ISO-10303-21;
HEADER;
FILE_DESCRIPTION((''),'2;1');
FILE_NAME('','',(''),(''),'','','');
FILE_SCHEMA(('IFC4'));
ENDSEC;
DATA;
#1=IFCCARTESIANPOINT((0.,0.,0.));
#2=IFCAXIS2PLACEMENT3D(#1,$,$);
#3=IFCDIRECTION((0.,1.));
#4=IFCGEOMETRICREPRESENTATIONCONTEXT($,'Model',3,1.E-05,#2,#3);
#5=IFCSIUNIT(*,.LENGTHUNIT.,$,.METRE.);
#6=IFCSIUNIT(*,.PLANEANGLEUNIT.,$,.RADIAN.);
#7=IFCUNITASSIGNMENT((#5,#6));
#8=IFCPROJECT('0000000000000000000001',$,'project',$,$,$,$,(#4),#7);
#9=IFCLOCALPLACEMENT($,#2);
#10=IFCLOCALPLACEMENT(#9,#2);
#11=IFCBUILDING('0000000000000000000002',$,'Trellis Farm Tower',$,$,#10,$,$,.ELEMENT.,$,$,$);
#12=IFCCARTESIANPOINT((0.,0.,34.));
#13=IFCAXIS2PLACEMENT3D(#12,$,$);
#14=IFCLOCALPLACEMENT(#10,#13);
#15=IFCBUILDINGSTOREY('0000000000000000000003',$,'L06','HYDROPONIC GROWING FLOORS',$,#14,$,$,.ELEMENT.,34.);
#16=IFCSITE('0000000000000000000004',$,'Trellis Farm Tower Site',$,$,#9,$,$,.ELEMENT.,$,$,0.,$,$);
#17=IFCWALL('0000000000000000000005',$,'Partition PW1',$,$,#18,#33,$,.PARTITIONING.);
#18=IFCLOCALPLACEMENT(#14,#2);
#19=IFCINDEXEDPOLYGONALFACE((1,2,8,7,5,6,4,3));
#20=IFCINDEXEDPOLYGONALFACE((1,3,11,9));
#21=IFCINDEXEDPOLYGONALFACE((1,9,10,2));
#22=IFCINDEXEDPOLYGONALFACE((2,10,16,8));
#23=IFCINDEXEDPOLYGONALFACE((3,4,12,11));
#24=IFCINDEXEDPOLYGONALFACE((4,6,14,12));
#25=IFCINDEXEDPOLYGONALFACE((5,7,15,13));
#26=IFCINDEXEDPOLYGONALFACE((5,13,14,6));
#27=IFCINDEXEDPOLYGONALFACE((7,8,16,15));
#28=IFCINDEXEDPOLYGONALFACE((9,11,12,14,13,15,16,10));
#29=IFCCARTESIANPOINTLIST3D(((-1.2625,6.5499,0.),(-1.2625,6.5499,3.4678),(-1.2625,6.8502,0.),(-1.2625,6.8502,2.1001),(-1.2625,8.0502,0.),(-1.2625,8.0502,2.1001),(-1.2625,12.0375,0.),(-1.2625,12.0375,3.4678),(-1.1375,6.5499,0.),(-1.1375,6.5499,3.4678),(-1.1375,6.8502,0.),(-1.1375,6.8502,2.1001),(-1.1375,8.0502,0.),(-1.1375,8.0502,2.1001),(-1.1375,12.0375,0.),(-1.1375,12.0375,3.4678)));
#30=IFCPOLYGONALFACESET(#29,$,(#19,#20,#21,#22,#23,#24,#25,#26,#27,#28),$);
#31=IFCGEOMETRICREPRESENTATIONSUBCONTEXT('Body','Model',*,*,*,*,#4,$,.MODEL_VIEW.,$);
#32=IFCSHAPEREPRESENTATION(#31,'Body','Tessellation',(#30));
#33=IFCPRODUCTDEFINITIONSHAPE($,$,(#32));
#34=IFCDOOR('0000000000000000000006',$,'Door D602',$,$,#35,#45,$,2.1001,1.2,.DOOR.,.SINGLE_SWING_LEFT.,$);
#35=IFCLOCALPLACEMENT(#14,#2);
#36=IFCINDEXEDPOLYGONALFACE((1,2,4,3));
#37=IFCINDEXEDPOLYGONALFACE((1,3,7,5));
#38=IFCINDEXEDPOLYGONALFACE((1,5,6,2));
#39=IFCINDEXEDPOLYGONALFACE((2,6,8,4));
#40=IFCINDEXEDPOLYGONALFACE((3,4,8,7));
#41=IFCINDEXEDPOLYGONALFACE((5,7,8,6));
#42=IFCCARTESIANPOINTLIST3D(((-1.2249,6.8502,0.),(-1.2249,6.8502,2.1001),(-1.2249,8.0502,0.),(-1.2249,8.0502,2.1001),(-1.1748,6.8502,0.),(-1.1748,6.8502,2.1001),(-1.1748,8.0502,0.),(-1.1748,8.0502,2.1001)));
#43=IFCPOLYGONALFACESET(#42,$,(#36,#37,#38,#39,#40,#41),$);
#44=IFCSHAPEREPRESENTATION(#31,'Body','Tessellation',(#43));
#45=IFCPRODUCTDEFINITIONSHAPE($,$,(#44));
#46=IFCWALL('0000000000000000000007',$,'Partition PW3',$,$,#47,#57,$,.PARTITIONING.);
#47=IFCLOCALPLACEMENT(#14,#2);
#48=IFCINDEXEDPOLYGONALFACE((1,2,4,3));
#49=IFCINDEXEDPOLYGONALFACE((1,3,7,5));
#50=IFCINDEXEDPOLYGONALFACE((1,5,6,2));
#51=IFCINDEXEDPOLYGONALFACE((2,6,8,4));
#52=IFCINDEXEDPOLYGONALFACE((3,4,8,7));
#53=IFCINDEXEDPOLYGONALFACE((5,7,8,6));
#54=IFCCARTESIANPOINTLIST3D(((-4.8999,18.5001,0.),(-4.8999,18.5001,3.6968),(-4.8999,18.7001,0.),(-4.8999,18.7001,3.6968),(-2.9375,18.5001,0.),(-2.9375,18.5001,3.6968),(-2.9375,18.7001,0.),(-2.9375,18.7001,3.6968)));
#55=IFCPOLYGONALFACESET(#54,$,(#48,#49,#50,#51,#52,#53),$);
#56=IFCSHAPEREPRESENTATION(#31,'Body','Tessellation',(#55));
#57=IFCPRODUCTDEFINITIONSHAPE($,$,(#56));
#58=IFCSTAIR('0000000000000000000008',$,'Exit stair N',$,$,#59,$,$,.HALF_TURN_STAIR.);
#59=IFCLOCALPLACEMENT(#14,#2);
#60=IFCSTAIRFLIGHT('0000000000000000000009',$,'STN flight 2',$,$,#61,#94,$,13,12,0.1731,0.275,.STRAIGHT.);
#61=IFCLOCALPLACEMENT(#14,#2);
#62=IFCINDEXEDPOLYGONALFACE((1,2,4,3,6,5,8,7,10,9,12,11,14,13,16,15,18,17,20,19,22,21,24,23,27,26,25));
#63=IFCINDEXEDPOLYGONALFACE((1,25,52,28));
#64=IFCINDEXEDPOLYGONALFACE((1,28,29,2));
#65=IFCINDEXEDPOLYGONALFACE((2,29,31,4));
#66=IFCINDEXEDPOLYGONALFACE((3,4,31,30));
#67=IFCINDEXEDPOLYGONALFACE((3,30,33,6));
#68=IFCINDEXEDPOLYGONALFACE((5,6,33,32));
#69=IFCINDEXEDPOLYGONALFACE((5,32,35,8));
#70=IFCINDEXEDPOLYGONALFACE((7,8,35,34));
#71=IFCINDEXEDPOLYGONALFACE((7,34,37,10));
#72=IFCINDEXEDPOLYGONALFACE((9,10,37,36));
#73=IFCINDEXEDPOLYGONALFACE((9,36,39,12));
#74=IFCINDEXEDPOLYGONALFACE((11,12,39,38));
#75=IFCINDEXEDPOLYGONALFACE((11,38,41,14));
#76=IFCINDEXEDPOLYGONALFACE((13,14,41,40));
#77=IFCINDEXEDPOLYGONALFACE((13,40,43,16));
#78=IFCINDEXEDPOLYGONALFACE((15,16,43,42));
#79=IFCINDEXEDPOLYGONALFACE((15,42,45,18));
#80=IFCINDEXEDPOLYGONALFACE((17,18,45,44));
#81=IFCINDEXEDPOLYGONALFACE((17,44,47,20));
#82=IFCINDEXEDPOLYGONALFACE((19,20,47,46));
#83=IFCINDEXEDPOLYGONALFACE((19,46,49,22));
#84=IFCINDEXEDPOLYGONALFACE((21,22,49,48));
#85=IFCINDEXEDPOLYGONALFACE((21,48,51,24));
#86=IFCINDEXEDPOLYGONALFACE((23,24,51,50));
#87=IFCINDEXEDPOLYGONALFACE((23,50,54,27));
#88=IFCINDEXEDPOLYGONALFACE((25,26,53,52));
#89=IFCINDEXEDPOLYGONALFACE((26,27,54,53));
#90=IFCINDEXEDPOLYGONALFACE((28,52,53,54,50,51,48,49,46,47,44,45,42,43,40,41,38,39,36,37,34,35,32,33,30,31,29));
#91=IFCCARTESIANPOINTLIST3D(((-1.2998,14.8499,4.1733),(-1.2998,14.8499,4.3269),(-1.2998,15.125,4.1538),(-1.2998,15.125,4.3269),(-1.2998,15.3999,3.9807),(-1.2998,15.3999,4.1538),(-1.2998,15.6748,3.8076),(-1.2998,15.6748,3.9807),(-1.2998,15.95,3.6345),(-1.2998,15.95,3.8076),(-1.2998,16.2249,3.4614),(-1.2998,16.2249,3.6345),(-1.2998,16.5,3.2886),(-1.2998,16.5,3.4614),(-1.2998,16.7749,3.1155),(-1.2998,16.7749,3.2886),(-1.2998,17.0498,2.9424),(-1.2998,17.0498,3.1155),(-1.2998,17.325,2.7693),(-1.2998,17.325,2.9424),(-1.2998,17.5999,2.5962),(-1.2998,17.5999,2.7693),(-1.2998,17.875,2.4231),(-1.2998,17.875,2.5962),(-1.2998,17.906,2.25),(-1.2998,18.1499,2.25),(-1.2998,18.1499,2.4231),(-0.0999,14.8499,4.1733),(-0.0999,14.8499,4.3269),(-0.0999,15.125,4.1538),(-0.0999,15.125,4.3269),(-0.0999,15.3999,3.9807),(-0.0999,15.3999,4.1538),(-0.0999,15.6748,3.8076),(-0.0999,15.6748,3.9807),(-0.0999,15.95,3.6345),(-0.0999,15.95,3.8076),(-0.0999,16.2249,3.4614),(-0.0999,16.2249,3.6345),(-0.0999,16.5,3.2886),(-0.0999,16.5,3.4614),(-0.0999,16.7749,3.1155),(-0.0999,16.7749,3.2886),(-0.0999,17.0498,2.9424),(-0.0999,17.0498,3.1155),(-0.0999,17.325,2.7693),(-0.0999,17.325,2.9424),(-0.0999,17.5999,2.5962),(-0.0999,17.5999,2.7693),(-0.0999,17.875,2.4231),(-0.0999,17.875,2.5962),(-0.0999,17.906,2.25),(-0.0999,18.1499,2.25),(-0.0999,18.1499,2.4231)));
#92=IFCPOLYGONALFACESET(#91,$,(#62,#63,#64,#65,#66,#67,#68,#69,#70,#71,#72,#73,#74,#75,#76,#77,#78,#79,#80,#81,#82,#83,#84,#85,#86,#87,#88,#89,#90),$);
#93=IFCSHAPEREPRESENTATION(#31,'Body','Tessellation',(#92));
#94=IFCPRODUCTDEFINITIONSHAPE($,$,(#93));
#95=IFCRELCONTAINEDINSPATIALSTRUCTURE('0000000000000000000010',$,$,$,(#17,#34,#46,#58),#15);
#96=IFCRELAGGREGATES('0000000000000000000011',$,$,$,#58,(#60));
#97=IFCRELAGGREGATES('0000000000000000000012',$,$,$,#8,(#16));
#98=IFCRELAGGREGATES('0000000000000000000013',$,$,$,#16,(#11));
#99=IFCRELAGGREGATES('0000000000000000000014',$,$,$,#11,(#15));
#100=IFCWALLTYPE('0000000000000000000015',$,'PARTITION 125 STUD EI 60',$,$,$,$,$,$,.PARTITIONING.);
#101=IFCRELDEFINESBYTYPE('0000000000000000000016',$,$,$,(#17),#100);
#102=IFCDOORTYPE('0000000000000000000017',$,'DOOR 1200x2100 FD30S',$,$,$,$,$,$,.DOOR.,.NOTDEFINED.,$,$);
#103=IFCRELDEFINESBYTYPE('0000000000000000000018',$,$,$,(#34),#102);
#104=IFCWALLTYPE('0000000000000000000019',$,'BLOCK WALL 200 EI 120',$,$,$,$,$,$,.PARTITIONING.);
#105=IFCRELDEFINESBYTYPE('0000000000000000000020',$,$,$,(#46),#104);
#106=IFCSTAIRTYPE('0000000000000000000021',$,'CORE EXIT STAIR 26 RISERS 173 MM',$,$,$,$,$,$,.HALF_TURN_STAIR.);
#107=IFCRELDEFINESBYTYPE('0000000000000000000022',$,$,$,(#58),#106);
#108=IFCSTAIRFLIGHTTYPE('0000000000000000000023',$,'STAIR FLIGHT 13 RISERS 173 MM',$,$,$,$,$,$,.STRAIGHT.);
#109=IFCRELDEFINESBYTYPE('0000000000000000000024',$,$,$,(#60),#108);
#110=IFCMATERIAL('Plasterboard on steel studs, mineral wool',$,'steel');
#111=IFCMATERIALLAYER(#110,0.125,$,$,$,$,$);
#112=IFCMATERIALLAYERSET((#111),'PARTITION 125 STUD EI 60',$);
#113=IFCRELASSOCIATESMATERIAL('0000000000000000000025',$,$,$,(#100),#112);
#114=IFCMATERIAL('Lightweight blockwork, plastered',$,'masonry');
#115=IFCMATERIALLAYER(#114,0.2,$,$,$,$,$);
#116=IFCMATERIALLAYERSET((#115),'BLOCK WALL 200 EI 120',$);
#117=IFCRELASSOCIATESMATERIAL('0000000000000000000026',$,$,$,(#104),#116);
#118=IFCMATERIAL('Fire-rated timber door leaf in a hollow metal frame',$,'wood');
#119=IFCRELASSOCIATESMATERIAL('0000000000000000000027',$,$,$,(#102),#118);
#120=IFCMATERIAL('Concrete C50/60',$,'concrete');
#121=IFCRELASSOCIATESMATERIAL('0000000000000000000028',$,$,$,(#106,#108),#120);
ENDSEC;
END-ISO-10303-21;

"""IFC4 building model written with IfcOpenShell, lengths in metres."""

from ifc_helpers import new_model, si_unit, direction, frame, frame_2d, origin, place, context, subcontext, project, spatial, polyline, rectangle, outline, extrude, source, transform, mapped, material, layer, layer_set, type_object, element, fill, aggregate, save


model = new_model("IFC4")

# Units and contexts
model_context = context("Model", 3, precision=1e-05, world=origin(), true_north=direction((0.0, 1.0)))
body_context = subcontext(model_context, "Body", "Model", "MODEL_VIEW")
ifc_project = project(units=[si_unit("LENGTHUNIT", "METRE"), si_unit("PLANEANGLEUNIT", "RADIAN")], contexts=[model_context])

# Site, building, storey
site_placement = place(None, origin())
site = spatial("IfcSite", under=ifc_project, at=site_placement, Name="Trellis Farm Tower Site", CompositionType="ELEMENT", RefElevation=0.0)
building_placement = place(site_placement, origin())
building = spatial("IfcBuilding", under=site, at=building_placement, Name="Trellis Farm Tower", CompositionType="ELEMENT")
storey_placement = place(building_placement, frame((0.0, 0.0, 34.0)))
storey = spatial("IfcBuildingStorey", under=building, at=storey_placement, Name="L06", Description="HYDROPONIC GROWING FLOORS", CompositionType="ELEMENT", Elevation=34.0)

# Shared definitions
placement = place(storey_placement, origin())

# Shared definitions
shared_shape_1 = source(origin(), body_context, "Body", "SweptSolid", [
    extrude(rectangle(XDim=1.2, YDim=2.1001, at=frame_2d((0.6001, 1.05))), frame((0.0, 0.0249, 0.0), z_axis=(0.0, -1.0, 0.0), x_axis=(1.0, 0.0, 0.0)), (0.0, 0.0, 1.0), 0.05),
])

# Shared definitions
ifc_material_1 = material(Name="Plasterboard on steel studs, mineral wool", Category="steel")
ifc_layer_1 = layer(ifc_material_1, 0.125)
ifc_layer_set_1 = layer_set([ifc_layer_1], Name="PARTITION 125 STUD EI 60")
wall_type_1 = type_object("IfcWallType", Name="PARTITION 125 STUD EI 60", PredefinedType="PARTITIONING", material=ifc_layer_set_1)
ifc_material_2 = material(Name="Fire-rated timber door leaf in a hollow metal frame", Category="wood")

# Shared definitions
ifc_material_3 = material(Name="Lightweight blockwork, plastered", Category="masonry")
ifc_layer_2 = layer(ifc_material_3, 0.2)
ifc_layer_set_2 = layer_set([ifc_layer_2], Name="BLOCK WALL 200 EI 120")
wall_type_2 = type_object("IfcWallType", Name="BLOCK WALL 200 EI 120", PredefinedType="PARTITIONING", material=ifc_layer_set_2)

# Wall, opening, door
shared_shape_2 = source(origin(), body_context, "Body", "SweptSolid", [
    extrude(rectangle(XDim=5.4875, YDim=0.125, at=frame_2d((2.7437, 0.0))), origin(), (0.0, 0.0, 1.0), 3.4678),
])
wall_1_placement = place(storey_placement, frame((-1.2, 6.55, 0.0), z_axis=(0.0, 0.0, 1.0), x_axis=(0.0, 1.0, 0.0)))
wall_1 = element("IfcWall", 1, at=wall_1_placement, inside=storey, type_object=wall_type_1, Name="Partition PW1", PredefinedType="PARTITIONING", context=body_context, shape_type="MappedRepresentation", body=[
    mapped(shared_shape_2, transform((0.0, 0.0, 0.0))),
])
shared_shape_3 = source(origin(), body_context, "Body", "SweptSolid", [
    extrude(rectangle(XDim=1.2, YDim=2.1001, at=frame_2d((0.6001, 1.05))), frame((0.0, 0.0725, 0.0), z_axis=(0.0, -1.0, 0.0), x_axis=(1.0, 0.0, 0.0)), (0.0, 0.0, 1.0), 0.145),
])
opening_1_placement = place(wall_1_placement, frame((0.3, 0.0, 0.0)))
opening_1 = element("IfcOpeningElement", 2, at=opening_1_placement, cuts=wall_1, PredefinedType="OPENING", context=body_context, shape_type="MappedRepresentation", body=[
    mapped(shared_shape_3, transform((0.0, 0.0, 0.0))),
])
door_type_1 = type_object("IfcDoorType", Name="DOOR 1200x2100 FD30S", OperationType="NOTDEFINED", PredefinedType="DOOR", material=ifc_material_2)
door_1_placement = place(opening_1_placement, origin())
door_1 = element("IfcDoor", 3, at=door_1_placement, inside=storey, type_object=door_type_1, Name="Door D602", OperationType="SINGLE_SWING_LEFT", OverallHeight=2.1001, OverallWidth=1.2, PredefinedType="DOOR", context=body_context, shape_type="MappedRepresentation", body=[
    mapped(shared_shape_1, transform((0.0, 0.0, 0.0))),
])
fill(opening_1, door_1)

# Wall
shared_shape_4 = source(origin(), body_context, "Body", "SweptSolid", [
    extrude(rectangle(XDim=1.9624, YDim=0.2, at=frame_2d((0.9812, 0.0))), origin(), (0.0, 0.0, 1.0), 3.6968),
])
wall_2_placement = place(storey_placement, frame((-4.8999, 18.6001, 0.0), z_axis=(0.0, 0.0, 1.0), x_axis=(1.0, 0.0, 0.0)))
element("IfcWall", 4, at=wall_2_placement, inside=storey, type_object=wall_type_2, Name="Partition PW3", PredefinedType="PARTITIONING", context=body_context, shape_type="MappedRepresentation", body=[
    mapped(shared_shape_4, transform((0.0, 0.0, 0.0))),
])

# Stair, stair flight
ifc_material_4 = material(Name="Concrete C50/60", Category="concrete")
stair_type = type_object("IfcStairType", Name="CORE EXIT STAIR 26 RISERS 173 MM", PredefinedType="HALF_TURN_STAIR", material=ifc_material_4)
stair = element("IfcStair", 5, at=placement, inside=storey, type_object=stair_type, Name="Exit stair N", PredefinedType="HALF_TURN_STAIR")
stair_flight_type = type_object("IfcStairFlightType", Name="STAIR FLIGHT 13 RISERS 173 MM", PredefinedType="STRAIGHT", material=ifc_material_4)
shared_shape_5 = source(origin(), body_context, "Body", "SweptSolid", [
    extrude(outline(polyline([(0.0, 0.0), (0.0, 0.1731), (0.2749, 0.1731), (0.2749, 0.3462), (0.55, 0.3462), (0.55, 0.5193), (0.825, 0.5193), (0.825, 0.6924), (1.1001, 0.6924), (1.1001, 0.8655), (1.375, 0.8655), (1.375, 1.0386), (1.6499, 1.0386), (1.6499, 1.2114), (1.925, 1.2114), (1.925, 1.3845), (2.2, 1.3845), (2.2, 1.5576), (2.4751, 1.5576), (2.4751, 1.7307), (2.75, 1.7307), (2.75, 1.9038), (3.0249, 1.9038), (3.0249, 2.0769), (3.3, 2.0769), (3.3, 2.25), (3.3, 1.9233), (0.2439, 0.0), (0.0, 0.0)])), frame((0.0, 0.6001, 0.0), z_axis=(0.0, -1.0, 0.0), x_axis=(1.0, 0.0, 0.0)), (0.0, 0.0, 1.0), 1.2),
])
stair_flight_placement = place(storey_placement, frame((-0.7, 18.1499, 2.25), z_axis=(0.0, 0.0, 1.0), x_axis=(0.0, -1.0, 0.0)))
stair_flight = element("IfcStairFlight", 6, at=stair_flight_placement, type_object=stair_flight_type, Name="STN flight 2", NumberOfRisers=13, NumberOfTreads=12, PredefinedType="STRAIGHT", RiserHeight=0.1731, TreadLength=0.275, context=body_context, shape_type="MappedRepresentation", body=[
    mapped(shared_shape_5, transform((0.0, 0.0, 0.0))),
])
aggregate(stair, [stair_flight])

save(model, "model.ifc")
